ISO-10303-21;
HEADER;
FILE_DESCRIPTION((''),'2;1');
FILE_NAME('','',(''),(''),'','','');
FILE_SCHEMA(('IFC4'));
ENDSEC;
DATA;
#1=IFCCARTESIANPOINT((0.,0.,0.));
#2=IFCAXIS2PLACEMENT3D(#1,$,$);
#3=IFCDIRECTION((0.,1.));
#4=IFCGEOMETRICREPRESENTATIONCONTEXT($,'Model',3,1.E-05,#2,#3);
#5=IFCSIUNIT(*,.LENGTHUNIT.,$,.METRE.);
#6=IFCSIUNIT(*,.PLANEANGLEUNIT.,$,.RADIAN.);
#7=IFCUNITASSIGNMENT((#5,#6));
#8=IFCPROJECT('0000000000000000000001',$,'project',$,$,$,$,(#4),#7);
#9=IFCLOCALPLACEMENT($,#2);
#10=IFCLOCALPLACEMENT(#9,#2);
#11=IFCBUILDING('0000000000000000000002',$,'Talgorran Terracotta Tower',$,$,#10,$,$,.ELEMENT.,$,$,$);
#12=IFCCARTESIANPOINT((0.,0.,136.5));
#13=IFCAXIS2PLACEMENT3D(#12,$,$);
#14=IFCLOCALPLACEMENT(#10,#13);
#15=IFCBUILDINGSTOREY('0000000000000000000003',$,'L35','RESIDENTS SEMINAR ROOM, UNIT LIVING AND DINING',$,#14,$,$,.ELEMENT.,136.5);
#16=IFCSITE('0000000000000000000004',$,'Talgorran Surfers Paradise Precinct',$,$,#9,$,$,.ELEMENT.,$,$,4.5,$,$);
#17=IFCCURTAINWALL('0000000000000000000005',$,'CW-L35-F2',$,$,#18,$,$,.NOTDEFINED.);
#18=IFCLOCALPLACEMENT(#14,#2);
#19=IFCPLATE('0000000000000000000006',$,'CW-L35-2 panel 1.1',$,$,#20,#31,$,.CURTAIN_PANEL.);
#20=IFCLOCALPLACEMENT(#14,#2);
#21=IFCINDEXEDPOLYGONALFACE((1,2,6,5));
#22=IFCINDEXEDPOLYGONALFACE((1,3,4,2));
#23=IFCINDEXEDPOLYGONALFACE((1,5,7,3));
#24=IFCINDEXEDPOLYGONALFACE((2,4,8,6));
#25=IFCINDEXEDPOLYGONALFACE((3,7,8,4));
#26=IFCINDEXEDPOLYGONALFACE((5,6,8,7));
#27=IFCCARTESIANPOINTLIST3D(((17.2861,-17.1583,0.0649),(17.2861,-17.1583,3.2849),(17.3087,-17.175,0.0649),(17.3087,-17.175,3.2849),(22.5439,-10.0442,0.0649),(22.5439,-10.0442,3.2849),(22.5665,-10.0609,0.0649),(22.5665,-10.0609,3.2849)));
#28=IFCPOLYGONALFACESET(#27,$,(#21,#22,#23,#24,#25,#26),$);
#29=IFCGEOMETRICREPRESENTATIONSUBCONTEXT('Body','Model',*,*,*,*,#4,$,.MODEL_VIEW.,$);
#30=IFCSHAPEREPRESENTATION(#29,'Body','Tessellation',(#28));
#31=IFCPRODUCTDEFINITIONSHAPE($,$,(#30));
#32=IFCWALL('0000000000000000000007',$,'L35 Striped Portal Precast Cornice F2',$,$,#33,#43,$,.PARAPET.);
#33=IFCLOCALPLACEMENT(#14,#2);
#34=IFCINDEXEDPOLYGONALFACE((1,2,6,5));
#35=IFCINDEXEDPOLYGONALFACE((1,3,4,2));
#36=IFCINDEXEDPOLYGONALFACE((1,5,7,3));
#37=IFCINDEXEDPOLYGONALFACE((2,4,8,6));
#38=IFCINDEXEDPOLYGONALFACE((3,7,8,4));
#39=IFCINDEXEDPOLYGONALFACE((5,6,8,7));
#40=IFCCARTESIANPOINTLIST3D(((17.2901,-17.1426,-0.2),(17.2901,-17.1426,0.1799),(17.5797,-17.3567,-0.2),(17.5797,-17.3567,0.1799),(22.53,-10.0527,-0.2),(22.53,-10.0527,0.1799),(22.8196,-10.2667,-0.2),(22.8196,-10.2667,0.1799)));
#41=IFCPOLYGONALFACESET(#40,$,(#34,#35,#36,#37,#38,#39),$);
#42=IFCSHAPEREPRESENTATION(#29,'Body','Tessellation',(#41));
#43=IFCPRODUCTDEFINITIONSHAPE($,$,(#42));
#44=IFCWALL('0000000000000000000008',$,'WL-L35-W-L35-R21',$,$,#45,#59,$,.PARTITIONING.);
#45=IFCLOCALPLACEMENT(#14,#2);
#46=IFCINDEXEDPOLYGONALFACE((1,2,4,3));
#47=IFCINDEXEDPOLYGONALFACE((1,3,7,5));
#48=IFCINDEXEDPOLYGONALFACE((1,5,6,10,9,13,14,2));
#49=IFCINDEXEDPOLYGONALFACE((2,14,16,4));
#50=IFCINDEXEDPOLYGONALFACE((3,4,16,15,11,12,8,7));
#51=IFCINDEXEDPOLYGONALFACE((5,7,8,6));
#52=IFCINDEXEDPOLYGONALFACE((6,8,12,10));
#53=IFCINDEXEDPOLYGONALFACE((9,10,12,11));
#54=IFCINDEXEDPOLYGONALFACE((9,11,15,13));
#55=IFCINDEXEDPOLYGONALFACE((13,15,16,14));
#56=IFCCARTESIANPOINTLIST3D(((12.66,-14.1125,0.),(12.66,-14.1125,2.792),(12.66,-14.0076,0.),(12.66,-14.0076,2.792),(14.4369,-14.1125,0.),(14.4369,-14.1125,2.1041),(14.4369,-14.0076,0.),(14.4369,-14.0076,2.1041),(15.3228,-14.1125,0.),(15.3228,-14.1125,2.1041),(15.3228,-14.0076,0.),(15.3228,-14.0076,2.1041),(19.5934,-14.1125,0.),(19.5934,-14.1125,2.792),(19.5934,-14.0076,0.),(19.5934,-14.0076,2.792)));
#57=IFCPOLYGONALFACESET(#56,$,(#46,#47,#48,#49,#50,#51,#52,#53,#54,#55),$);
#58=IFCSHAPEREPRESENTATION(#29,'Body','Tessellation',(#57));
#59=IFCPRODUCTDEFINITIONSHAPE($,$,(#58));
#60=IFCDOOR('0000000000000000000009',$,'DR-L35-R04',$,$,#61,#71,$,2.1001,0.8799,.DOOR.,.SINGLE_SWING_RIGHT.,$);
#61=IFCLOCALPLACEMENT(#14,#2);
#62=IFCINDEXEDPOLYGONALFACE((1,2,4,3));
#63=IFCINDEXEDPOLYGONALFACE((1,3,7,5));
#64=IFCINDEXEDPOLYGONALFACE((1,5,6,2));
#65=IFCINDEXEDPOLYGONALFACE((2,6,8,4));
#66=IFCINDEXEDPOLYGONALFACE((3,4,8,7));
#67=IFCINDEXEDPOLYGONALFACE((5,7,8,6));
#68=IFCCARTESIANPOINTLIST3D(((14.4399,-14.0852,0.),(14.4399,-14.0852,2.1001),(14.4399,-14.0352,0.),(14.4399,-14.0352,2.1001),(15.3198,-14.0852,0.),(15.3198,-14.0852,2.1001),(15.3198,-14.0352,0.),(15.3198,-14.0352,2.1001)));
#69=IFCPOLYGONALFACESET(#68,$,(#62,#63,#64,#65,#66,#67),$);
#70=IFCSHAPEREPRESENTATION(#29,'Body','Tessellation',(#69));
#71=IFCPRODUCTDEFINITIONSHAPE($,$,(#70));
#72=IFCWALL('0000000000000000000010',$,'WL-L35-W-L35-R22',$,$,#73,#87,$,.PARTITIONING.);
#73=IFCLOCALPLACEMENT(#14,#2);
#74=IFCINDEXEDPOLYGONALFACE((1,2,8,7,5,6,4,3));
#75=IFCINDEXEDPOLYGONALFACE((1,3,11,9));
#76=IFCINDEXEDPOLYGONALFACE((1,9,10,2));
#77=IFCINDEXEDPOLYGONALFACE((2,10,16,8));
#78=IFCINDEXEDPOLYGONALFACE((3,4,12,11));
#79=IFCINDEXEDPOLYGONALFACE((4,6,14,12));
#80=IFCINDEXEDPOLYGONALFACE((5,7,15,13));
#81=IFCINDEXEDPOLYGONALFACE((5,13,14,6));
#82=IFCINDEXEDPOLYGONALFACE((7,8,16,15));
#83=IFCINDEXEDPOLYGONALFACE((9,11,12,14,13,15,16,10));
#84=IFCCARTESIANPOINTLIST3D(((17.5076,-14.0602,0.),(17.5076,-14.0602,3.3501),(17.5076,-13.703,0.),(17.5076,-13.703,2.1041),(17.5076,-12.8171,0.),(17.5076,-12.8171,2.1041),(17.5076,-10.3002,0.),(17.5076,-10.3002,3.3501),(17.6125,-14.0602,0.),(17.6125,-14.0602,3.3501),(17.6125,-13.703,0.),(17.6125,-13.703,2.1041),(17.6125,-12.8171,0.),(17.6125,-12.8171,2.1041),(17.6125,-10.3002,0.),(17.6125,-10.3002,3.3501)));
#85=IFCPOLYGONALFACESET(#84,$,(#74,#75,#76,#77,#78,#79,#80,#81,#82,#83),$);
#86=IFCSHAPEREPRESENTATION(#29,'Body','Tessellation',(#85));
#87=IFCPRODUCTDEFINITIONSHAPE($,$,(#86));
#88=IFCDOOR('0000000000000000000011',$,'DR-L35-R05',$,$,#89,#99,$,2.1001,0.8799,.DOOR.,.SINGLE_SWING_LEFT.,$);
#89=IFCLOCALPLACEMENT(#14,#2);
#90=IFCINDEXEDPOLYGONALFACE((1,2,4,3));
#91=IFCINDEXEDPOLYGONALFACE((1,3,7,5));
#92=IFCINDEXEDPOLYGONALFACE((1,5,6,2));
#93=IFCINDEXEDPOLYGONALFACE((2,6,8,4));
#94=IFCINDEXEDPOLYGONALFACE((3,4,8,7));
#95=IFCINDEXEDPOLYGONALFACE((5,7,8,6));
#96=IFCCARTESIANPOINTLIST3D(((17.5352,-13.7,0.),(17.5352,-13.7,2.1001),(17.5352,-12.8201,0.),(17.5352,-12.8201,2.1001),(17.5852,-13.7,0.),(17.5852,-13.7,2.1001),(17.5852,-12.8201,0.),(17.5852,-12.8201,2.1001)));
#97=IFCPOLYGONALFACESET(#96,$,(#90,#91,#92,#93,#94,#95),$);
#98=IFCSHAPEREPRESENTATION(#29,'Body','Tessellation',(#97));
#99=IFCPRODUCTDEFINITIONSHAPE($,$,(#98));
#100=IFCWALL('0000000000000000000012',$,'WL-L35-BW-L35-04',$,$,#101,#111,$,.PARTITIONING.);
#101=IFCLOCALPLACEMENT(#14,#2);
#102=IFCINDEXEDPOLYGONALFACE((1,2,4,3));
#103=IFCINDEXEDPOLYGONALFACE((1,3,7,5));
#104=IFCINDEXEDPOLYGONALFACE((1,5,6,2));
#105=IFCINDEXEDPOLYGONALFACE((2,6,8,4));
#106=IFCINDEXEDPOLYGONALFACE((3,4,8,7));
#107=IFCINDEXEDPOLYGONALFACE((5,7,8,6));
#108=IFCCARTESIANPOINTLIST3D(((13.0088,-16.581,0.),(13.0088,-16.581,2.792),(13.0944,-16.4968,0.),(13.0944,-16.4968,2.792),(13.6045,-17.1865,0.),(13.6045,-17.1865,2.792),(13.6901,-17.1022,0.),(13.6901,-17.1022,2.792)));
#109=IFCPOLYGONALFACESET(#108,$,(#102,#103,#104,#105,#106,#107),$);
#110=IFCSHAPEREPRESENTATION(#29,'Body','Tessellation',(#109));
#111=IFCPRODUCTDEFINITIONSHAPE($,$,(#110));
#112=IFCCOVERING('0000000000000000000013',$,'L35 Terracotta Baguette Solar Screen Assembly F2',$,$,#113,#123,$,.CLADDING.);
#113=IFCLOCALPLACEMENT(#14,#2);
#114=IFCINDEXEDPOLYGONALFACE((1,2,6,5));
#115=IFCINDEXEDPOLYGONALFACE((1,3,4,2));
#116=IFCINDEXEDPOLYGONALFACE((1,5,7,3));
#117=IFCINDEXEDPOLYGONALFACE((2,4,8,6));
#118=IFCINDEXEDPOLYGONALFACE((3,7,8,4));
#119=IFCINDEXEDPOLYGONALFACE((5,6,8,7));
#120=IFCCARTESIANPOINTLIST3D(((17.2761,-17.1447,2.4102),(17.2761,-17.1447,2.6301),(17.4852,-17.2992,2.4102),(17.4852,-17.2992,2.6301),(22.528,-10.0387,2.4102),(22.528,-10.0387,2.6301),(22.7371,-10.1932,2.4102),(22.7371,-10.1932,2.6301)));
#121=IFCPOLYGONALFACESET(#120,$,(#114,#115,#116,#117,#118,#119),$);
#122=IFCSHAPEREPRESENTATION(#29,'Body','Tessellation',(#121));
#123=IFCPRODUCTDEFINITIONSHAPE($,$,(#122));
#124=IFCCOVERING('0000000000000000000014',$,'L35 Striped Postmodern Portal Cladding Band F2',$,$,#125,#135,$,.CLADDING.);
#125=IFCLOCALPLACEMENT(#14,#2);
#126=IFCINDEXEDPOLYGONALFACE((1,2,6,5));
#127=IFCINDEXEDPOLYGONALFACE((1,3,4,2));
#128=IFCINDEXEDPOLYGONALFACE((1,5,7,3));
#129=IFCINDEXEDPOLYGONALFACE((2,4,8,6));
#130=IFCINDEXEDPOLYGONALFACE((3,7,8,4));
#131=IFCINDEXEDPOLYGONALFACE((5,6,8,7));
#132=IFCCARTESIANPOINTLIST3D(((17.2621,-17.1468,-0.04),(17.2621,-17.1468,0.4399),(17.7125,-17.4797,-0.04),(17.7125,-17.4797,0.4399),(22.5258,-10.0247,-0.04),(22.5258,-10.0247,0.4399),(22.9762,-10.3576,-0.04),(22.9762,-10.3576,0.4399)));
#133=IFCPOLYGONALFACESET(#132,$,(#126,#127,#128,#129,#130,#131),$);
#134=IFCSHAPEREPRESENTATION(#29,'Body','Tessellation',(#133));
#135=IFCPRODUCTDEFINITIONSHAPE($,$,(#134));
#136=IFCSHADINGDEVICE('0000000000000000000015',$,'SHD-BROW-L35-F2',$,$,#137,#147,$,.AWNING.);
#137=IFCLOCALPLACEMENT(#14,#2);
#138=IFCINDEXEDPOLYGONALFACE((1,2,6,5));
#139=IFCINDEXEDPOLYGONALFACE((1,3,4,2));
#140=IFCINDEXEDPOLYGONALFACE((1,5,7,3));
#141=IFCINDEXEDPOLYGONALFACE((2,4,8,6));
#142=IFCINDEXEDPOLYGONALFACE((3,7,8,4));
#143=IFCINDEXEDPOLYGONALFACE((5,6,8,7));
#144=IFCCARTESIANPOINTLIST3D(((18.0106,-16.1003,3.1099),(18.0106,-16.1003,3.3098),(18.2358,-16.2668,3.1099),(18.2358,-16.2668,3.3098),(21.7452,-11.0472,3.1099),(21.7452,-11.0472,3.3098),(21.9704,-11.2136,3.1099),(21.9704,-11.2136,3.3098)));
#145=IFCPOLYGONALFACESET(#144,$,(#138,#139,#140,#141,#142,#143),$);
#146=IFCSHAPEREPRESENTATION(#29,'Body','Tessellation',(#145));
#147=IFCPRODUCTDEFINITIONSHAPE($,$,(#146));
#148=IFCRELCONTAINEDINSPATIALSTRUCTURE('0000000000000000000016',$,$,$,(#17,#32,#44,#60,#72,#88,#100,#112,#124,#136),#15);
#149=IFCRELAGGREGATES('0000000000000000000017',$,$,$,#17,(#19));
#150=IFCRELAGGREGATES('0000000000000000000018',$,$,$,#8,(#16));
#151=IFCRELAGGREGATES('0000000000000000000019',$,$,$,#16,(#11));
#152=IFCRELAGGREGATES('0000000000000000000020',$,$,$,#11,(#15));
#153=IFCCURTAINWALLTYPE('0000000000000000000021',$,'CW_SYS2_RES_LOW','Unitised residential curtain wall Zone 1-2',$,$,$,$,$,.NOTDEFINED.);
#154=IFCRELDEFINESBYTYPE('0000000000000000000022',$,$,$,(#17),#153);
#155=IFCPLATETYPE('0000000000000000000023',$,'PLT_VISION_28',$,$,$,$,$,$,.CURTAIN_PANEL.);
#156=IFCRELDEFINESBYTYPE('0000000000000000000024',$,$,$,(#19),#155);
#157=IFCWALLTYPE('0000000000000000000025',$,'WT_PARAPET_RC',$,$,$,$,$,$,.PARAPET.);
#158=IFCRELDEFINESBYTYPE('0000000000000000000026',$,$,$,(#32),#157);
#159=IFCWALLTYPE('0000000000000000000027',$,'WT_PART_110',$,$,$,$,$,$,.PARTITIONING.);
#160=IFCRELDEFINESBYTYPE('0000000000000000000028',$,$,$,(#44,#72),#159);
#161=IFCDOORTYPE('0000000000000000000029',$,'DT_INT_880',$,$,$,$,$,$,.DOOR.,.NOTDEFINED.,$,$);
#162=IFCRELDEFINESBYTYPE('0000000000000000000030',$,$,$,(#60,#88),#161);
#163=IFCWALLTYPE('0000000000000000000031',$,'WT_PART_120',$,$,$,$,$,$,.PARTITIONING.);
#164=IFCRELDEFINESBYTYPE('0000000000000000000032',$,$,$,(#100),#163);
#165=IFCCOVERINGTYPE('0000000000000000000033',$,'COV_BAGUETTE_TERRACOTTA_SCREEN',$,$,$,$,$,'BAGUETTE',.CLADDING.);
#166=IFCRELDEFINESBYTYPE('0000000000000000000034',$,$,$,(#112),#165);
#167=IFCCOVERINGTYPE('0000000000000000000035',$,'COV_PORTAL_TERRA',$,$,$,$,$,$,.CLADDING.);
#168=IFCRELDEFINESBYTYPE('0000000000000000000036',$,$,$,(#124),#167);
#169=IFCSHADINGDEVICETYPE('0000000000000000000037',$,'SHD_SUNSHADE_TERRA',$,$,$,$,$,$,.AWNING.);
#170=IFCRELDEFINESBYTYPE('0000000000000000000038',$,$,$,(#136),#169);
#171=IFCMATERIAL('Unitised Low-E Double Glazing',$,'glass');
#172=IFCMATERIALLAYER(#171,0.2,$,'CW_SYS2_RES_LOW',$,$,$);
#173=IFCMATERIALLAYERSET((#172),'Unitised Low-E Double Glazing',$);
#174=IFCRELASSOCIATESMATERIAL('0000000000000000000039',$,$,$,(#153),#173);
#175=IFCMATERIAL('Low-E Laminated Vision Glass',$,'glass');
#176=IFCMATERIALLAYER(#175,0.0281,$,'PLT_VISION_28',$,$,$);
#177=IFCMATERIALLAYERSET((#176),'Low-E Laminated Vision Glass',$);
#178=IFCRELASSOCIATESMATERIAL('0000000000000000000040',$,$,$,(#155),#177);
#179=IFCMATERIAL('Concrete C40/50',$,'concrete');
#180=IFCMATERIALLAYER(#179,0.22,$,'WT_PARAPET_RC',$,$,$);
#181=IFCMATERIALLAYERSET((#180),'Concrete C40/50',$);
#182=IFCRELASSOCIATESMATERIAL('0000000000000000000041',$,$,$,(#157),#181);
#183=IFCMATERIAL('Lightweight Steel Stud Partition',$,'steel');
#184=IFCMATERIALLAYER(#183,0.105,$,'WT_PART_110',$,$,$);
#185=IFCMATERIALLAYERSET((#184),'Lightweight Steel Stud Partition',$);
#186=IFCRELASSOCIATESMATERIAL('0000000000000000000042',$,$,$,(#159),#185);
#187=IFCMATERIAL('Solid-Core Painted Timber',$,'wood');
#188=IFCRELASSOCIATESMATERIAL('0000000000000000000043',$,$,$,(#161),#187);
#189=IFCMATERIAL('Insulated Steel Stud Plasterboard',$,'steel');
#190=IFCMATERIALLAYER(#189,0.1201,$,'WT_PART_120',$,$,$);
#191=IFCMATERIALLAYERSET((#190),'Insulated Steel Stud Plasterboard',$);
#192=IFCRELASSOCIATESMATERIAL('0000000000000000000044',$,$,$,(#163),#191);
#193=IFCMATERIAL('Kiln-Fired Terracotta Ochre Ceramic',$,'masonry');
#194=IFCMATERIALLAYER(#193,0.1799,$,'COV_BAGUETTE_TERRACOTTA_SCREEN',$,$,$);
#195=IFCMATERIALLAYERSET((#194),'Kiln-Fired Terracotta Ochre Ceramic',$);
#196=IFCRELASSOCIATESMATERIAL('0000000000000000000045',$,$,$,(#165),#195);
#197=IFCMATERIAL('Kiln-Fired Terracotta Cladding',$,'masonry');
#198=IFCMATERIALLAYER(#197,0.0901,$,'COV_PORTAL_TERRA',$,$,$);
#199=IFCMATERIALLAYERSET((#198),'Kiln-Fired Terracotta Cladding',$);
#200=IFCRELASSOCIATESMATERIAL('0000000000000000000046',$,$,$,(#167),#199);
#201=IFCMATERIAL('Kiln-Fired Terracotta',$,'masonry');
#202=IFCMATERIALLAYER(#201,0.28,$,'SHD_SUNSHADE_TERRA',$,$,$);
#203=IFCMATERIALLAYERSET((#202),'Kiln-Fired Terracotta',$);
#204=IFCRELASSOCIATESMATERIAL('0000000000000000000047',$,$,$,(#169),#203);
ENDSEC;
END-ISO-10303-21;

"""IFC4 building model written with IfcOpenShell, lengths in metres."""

from ifc_helpers import new_model, si_unit, direction, frame, frame_2d, origin, origin_2d, place, context, subcontext, project, spatial, rectangle, extrude, source, transform, mapped, material, layer, layer_set, type_object, type_shapes, element, fill, aggregate, save


model = new_model("IFC4")

# Units and contexts
model_context = context("Model", 3, precision=1e-05, world=origin(), true_north=direction((0.0, 1.0)))
body_context = subcontext(model_context, "Body", "Model", "MODEL_VIEW")
ifc_project = project(units=[si_unit("LENGTHUNIT", "METRE"), si_unit("PLANEANGLEUNIT", "RADIAN")], contexts=[model_context])

# Site, building, storey
site_placement = place(None, origin())
site = spatial("IfcSite", under=ifc_project, at=site_placement, Name="Talgorran Surfers Paradise Precinct", CompositionType="ELEMENT", RefElevation=4.5)
building_placement = place(site_placement, origin())
building = spatial("IfcBuilding", under=site, at=building_placement, Name="Talgorran Terracotta Tower", CompositionType="ELEMENT")
storey_placement = place(building_placement, frame((0.0, 0.0, 136.5)))
storey = spatial("IfcBuildingStorey", under=building, at=storey_placement, Name="L35", Description="RESIDENTS SEMINAR ROOM, UNIT LIVING AND DINING", CompositionType="ELEMENT", Elevation=136.5)

# Shared definitions
ifc_material_1 = material(Name="Unitised Low-E Double Glazing", Category="glass")
ifc_layer_1 = layer(ifc_material_1, 0.2, Name="CW_SYS2_RES_LOW")
ifc_layer_set_1 = layer_set([ifc_layer_1], Name="Unitised Low-E Double Glazing")
curtain_wall_type = type_object("IfcCurtainWallType", Name="CW_SYS2_RES_LOW", Description="Unitised residential curtain wall Zone 1-2", PredefinedType="NOTDEFINED", material=ifc_layer_set_1)

# Curtain wall
curtain_wall_1_placement = place(storey_placement, origin())
curtain_wall_1 = element("IfcCurtainWall", 1, at=curtain_wall_1_placement, inside=storey, type_object=curtain_wall_type, Name="CW-L35-F2", PredefinedType="NOTDEFINED")

# Plate
ifc_material_2 = material(Name="Low-E Laminated Vision Glass", Category="glass")
ifc_layer_2 = layer(ifc_material_2, 0.0281, Name="PLT_VISION_28")
ifc_layer_set_2 = layer_set([ifc_layer_2], Name="Low-E Laminated Vision Glass")
plate_type_1 = type_object("IfcPlateType", Name="PLT_VISION_28", PredefinedType="CURTAIN_PANEL", material=ifc_layer_set_2)
shared_shape_1 = source(origin(), body_context, "Body", "SweptSolid", [
    extrude(rectangle(XDim=8.8462, YDim=0.0281, at=origin_2d()), origin(), (0.0, 0.0, 1.0), 3.22),
])
plate_1_placement = place(storey_placement, frame((19.9263, -13.6096, 0.0649), z_axis=(0.0, 0.0, 1.0), x_axis=(0.594358, 0.804201, 0.0)))
plate_1 = element("IfcPlate", 2, at=plate_1_placement, type_object=plate_type_1, Name="CW-L35-2 panel 1.1", PredefinedType="CURTAIN_PANEL", context=body_context, shape_type="MappedRepresentation", body=[
    mapped(shared_shape_1, transform((0.0, 0.0, 0.0), scale=1.0)),
])
aggregate(curtain_wall_1, [plate_1])

# Wall
ifc_material_3 = material(Name="Concrete C40/50", Category="concrete")
ifc_layer_3 = layer(ifc_material_3, 0.22, Name="WT_PARAPET_RC")
ifc_layer_set_3 = layer_set([ifc_layer_3], Name="Concrete C40/50")
wall_type_1 = type_object("IfcWallType", Name="WT_PARAPET_RC", PredefinedType="PARAPET", material=ifc_layer_set_3)
wall_1_placement = place(storey_placement, frame((17.4348, -17.2498, -0.2), z_axis=(0.0, 0.0, 1.0), x_axis=(0.594354, 0.804204, 0.0)))
element("IfcWall", 3, at=wall_1_placement, inside=storey, type_object=wall_type_1, Name="L35 Striped Portal Precast Cornice F2", PredefinedType="PARAPET", context=body_context, shape_type="SweptSolid", body=[
    extrude(rectangle(XDim=8.8162, YDim=0.3601, at=frame_2d((4.4082, 0.0))), origin(), (0.0, 0.0, 1.0), 0.3799),
])

# Walls, openings, doors
ifc_material_4 = material(Name="Lightweight Steel Stud Partition", Category="steel")
ifc_layer_4 = layer(ifc_material_4, 0.105, Name="WT_PART_110")
ifc_layer_set_4 = layer_set([ifc_layer_4], Name="Lightweight Steel Stud Partition")
wall_type_2 = type_object("IfcWallType", Name="WT_PART_110", PredefinedType="PARTITIONING", material=ifc_layer_set_4)
wall_2_placement = place(storey_placement, frame((12.6599, -14.0601, 0.0), z_axis=(0.0, 0.0, 1.0), x_axis=(1.0, 0.0, 0.0)))
wall_2 = element("IfcWall", 4, at=wall_2_placement, inside=storey, type_object=wall_type_2, Name="WL-L35-W-L35-R21", PredefinedType="PARTITIONING", context=body_context, shape_type="SweptSolid", body=[
    extrude(rectangle(XDim=6.9333, YDim=0.105, at=frame_2d((3.4668, 0.0))), origin(), (0.0, 0.0, 1.0), 2.792),
])
opening_1_placement = place(wall_2_placement, frame((1.78, 0.0, 0.0)))
opening_1 = element("IfcOpeningElement", 5, at=opening_1_placement, cuts=wall_2, PredefinedType="OPENING", context=body_context, shape_type="SweptSolid", body=[
    extrude(rectangle(XDim=0.8859, YDim=2.1041, at=frame_2d((0.4399, 1.052))), frame((0.0, 0.0625, 0.0), z_axis=(0.0, -1.0, 0.0), x_axis=(1.0, 0.0, 0.0)), (0.0, 0.0, 1.0), 0.125),
])
ifc_material_5 = material(Name="Solid-Core Painted Timber", Category="wood")
door_type = type_object("IfcDoorType", Name="DT_INT_880", OperationType="NOTDEFINED", PredefinedType="DOOR", material=ifc_material_5)
door_1_placement = place(opening_1_placement, origin())
door_1 = element("IfcDoor", 6, at=door_1_placement, inside=storey, type_object=door_type, Name="DR-L35-R04", OperationType="SINGLE_SWING_RIGHT", OverallHeight=2.1001, OverallWidth=0.8799, PredefinedType="DOOR", context=body_context, shape_type="SweptSolid", body=[
    extrude(rectangle(XDim=0.8799, YDim=2.1001, at=frame_2d((0.4399, 1.05))), frame((0.0, 0.0249, 0.0), z_axis=(0.0, -1.0, 0.0), x_axis=(1.0, 0.0, 0.0)), (0.0, 0.0, 1.0), 0.05),
])
fill(opening_1, door_1)
wall_3_placement = place(storey_placement, frame((17.5601, -14.0601, 0.0), z_axis=(0.0, 0.0, 1.0), x_axis=(0.0, 1.0, 0.0)))
wall_3 = element("IfcWall", 7, at=wall_3_placement, inside=storey, type_object=wall_type_2, Name="WL-L35-W-L35-R22", PredefinedType="PARTITIONING", context=body_context, shape_type="SweptSolid", body=[
    extrude(rectangle(XDim=3.76, YDim=0.105, at=frame_2d((1.8799, 0.0))), origin(), (0.0, 0.0, 1.0), 3.3501),
])
opening_2_placement = place(wall_3_placement, frame((0.3601, 0.0, 0.0)))
opening_2 = element("IfcOpeningElement", 8, at=opening_2_placement, cuts=wall_3, PredefinedType="OPENING", context=body_context, shape_type="SweptSolid", body=[
    extrude(rectangle(XDim=0.8859, YDim=2.1041, at=frame_2d((0.4399, 1.052))), frame((0.0, 0.0625, 0.0), z_axis=(0.0, -1.0, 0.0), x_axis=(1.0, 0.0, 0.0)), (0.0, 0.0, 1.0), 0.125),
])
door_2_placement = place(opening_2_placement, origin())
door_2 = element("IfcDoor", 9, at=door_2_placement, inside=storey, type_object=door_type, Name="DR-L35-R05", OperationType="SINGLE_SWING_LEFT", OverallHeight=2.1001, OverallWidth=0.8799, PredefinedType="DOOR", context=body_context, shape_type="SweptSolid", body=[
    extrude(rectangle(XDim=0.8799, YDim=2.1001, at=frame_2d((0.4399, 1.05))), frame((0.0, 0.0249, 0.0), z_axis=(0.0, -1.0, 0.0), x_axis=(1.0, 0.0, 0.0)), (0.0, 0.0, 1.0), 0.05),
])
fill(opening_2, door_2)

# Wall
ifc_material_6 = material(Name="Insulated Steel Stud Plasterboard", Category="steel")
ifc_layer_5 = layer(ifc_material_6, 0.1201, Name="WT_PART_120")
ifc_layer_set_5 = layer_set([ifc_layer_5], Name="Insulated Steel Stud Plasterboard")
wall_type_3 = type_object("IfcWallType", Name="WT_PART_120", PredefinedType="PARTITIONING", material=ifc_layer_set_5)
wall_4_placement = place(storey_placement, frame((13.0515, -16.5388, 0.0), z_axis=(0.0, 0.0, 1.0), x_axis=(0.701335, -0.712832, 0.0)))
element("IfcWall", 10, at=wall_4_placement, inside=storey, type_object=wall_type_3, Name="WL-L35-BW-L35-04", PredefinedType="PARTITIONING", context=body_context, shape_type="SweptSolid", body=[
    extrude(rectangle(XDim=0.8494, YDim=0.1201, at=frame_2d((0.4248, 0.0))), origin(), (0.0, 0.0, 1.0), 2.792),
])

# Coverings
ifc_material_7 = material(Name="Kiln-Fired Terracotta Ochre Ceramic", Category="masonry")
ifc_layer_6 = layer(ifc_material_7, 0.1799, Name="COV_BAGUETTE_TERRACOTTA_SCREEN")
ifc_layer_set_6 = layer_set([ifc_layer_6], Name="Kiln-Fired Terracotta Ochre Ceramic")
covering_type_1 = type_object("IfcCoveringType", Name="COV_BAGUETTE_TERRACOTTA_SCREEN", ElementType="BAGUETTE", PredefinedType="CLADDING", material=ifc_layer_set_6)
covering_1_placement = place(storey_placement, frame((20.0066, -13.6689, 2.4102), z_axis=(0.0, 0.0, 1.0), x_axis=(0.59436, 0.804199, 0.0)))
element("IfcCovering", 11, at=covering_1_placement, inside=storey, type_object=covering_type_1, Name="L35 Terracotta Baguette Solar Screen Assembly F2", PredefinedType="CLADDING", context=body_context, shape_type="SweptSolid", body=[
    extrude(rectangle(XDim=8.8362, YDim=0.26, at=origin_2d()), origin(), (0.0, 0.0, 1.0), 0.22),
])
ifc_material_8 = material(Name="Kiln-Fired Terracotta Cladding", Category="masonry")
ifc_layer_7 = layer(ifc_material_8, 0.0901, Name="COV_PORTAL_TERRA")
ifc_layer_set_7 = layer_set([ifc_layer_7], Name="Kiln-Fired Terracotta Cladding")
covering_type_2 = type_object("IfcCoveringType", Name="COV_PORTAL_TERRA", PredefinedType="CLADDING", material=ifc_layer_set_7)
covering_2_placement = place(storey_placement, frame((20.1191, -13.7522, -0.04), z_axis=(0.0, 0.0, 1.0), x_axis=(0.59436, 0.804199, 0.0)))
element("IfcCovering", 12, at=covering_2_placement, inside=storey, type_object=covering_type_2, Name="L35 Striped Postmodern Portal Cladding Band F2", PredefinedType="CLADDING", context=body_context, shape_type="SweptSolid", body=[
    extrude(rectangle(XDim=8.8562, YDim=0.5601, at=origin_2d()), origin(), (0.0, 0.0, 1.0), 0.48),
])

# Shading device
ifc_material_9 = material(Name="Kiln-Fired Terracotta", Category="masonry")
ifc_layer_8 = layer(ifc_material_9, 0.28, Name="SHD_SUNSHADE_TERRA")
ifc_layer_set_8 = layer_set([ifc_layer_8], Name="Kiln-Fired Terracotta")
shading_device_type = type_object("IfcShadingDeviceType", Name="SHD_SUNSHADE_TERRA", PredefinedType="AWNING", material=ifc_layer_set_8)
shared_shape_2 = source(origin(), body_context, "Body", "SweptSolid", [
    extrude(rectangle(XDim=6.2834, YDim=0.28, at=origin_2d()), origin(), (0.0, 0.0, 1.0), 0.2),
])
type_shapes(shading_device_type, [shared_shape_2])
shading_device_placement = place(storey_placement, frame((19.9905, -13.657, 3.1099), z_axis=(0.0, 0.0, 1.0), x_axis=(0.59436, 0.804199, 0.0)))
element("IfcShadingDevice", 13, at=shading_device_placement, inside=storey, type_object=shading_device_type, Name="SHD-BROW-L35-F2", PredefinedType="AWNING", context=body_context, shape_type="MappedRepresentation", body=[
    mapped(shared_shape_2, transform((0.0, 0.0, 0.0), scale=1.0)),
])

save(model, "model.ifc")
